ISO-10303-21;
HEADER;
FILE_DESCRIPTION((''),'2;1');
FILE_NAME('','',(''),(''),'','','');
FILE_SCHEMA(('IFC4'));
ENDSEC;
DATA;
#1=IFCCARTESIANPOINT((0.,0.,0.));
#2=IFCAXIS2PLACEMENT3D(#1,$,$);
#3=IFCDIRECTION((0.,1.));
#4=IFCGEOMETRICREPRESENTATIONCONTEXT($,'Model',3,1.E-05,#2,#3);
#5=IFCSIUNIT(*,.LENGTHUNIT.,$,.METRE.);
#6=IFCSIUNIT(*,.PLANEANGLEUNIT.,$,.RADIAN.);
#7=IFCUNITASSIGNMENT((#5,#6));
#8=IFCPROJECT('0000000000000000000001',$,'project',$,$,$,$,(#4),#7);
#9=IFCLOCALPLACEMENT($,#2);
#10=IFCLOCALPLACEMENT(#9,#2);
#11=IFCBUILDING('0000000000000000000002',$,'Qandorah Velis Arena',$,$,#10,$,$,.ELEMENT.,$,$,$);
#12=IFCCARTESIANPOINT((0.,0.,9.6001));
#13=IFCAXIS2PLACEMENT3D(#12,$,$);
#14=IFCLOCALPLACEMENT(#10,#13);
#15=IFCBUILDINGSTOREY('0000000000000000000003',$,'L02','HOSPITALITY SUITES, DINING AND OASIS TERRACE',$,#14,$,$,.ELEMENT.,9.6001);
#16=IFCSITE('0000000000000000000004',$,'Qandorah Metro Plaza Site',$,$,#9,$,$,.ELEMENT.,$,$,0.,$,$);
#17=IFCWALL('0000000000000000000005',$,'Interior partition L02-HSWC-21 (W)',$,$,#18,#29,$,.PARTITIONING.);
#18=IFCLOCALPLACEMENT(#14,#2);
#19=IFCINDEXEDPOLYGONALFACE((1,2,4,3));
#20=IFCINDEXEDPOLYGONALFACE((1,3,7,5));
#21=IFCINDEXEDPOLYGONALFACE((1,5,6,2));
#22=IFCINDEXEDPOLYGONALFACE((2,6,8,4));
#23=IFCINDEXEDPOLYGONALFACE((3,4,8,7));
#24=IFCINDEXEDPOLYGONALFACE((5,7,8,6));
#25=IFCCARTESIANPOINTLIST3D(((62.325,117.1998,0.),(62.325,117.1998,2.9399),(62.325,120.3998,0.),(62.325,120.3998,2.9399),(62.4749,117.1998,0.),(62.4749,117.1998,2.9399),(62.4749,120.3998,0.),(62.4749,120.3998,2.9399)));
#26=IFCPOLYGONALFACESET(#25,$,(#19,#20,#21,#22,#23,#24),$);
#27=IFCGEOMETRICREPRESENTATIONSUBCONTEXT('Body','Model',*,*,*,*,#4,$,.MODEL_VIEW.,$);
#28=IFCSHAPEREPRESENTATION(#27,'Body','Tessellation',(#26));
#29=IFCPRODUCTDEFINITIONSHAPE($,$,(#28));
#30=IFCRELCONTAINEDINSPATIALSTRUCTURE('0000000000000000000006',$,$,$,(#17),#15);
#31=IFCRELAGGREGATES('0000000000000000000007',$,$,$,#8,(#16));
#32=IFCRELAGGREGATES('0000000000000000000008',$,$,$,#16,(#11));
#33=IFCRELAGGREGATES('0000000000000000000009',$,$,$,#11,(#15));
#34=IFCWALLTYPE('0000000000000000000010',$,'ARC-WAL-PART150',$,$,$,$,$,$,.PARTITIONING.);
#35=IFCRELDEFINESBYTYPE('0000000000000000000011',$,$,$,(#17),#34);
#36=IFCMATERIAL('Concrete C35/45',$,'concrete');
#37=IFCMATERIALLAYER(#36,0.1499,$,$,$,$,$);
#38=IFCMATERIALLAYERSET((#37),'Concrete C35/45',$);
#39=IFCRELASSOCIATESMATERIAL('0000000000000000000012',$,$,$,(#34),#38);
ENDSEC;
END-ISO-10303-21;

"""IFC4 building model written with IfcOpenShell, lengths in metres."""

from ifc_helpers import new_model, si_unit, direction, frame, frame_2d, origin, place, context, subcontext, project, spatial, rectangle, extrude, material, layer, layer_set, type_object, element, save


model = new_model("IFC4")

# Units and contexts
model_context = context("Model", 3, precision=1e-05, world=origin(), true_north=direction((0.0, 1.0)))
body_context = subcontext(model_context, "Body", "Model", "MODEL_VIEW")
ifc_project = project(units=[si_unit("LENGTHUNIT", "METRE"), si_unit("PLANEANGLEUNIT", "RADIAN")], contexts=[model_context])

# Site, building, storey
site_placement = place(None, origin())
site = spatial("IfcSite", under=ifc_project, at=site_placement, Name="Qandorah Metro Plaza Site", CompositionType="ELEMENT", RefElevation=0.0)
building_placement = place(site_placement, origin())
building = spatial("IfcBuilding", under=site, at=building_placement, Name="Qandorah Velis Arena", CompositionType="ELEMENT")
storey_placement = place(building_placement, frame((0.0, 0.0, 9.6001)))
storey = spatial("IfcBuildingStorey", under=building, at=storey_placement, Name="L02", Description="HOSPITALITY SUITES, DINING AND OASIS TERRACE", CompositionType="ELEMENT", Elevation=9.6001)

# Shared definitions
ifc_material_1 = material(Name="Concrete C35/45", Category="concrete")

# Shared definitions
ifc_layer_1 = layer(ifc_material_1, 0.1499)
ifc_layer_set_1 = layer_set([ifc_layer_1], Name="Concrete C35/45")
wall_type_1 = type_object("IfcWallType", Name="ARC-WAL-PART150", PredefinedType="PARTITIONING", material=ifc_layer_set_1)

# Wall
wall_1_placement = place(storey_placement, frame((62.3999, 120.3999, 0.0), z_axis=(0.0, 0.0, 1.0), x_axis=(0.0, -1.0, 0.0)))
element("IfcWall", 1, at=wall_1_placement, inside=storey, type_object=wall_type_1, Name="Interior partition L02-HSWC-21 (W)", PredefinedType="PARTITIONING", context=body_context, shape_type="SweptSolid", body=[
    extrude(rectangle(XDim=3.2, YDim=0.1499, at=frame_2d((1.6001, 0.0))), origin(), (0.0, 0.0, 1.0), 2.9399),
])

save(model, "model.ifc")
